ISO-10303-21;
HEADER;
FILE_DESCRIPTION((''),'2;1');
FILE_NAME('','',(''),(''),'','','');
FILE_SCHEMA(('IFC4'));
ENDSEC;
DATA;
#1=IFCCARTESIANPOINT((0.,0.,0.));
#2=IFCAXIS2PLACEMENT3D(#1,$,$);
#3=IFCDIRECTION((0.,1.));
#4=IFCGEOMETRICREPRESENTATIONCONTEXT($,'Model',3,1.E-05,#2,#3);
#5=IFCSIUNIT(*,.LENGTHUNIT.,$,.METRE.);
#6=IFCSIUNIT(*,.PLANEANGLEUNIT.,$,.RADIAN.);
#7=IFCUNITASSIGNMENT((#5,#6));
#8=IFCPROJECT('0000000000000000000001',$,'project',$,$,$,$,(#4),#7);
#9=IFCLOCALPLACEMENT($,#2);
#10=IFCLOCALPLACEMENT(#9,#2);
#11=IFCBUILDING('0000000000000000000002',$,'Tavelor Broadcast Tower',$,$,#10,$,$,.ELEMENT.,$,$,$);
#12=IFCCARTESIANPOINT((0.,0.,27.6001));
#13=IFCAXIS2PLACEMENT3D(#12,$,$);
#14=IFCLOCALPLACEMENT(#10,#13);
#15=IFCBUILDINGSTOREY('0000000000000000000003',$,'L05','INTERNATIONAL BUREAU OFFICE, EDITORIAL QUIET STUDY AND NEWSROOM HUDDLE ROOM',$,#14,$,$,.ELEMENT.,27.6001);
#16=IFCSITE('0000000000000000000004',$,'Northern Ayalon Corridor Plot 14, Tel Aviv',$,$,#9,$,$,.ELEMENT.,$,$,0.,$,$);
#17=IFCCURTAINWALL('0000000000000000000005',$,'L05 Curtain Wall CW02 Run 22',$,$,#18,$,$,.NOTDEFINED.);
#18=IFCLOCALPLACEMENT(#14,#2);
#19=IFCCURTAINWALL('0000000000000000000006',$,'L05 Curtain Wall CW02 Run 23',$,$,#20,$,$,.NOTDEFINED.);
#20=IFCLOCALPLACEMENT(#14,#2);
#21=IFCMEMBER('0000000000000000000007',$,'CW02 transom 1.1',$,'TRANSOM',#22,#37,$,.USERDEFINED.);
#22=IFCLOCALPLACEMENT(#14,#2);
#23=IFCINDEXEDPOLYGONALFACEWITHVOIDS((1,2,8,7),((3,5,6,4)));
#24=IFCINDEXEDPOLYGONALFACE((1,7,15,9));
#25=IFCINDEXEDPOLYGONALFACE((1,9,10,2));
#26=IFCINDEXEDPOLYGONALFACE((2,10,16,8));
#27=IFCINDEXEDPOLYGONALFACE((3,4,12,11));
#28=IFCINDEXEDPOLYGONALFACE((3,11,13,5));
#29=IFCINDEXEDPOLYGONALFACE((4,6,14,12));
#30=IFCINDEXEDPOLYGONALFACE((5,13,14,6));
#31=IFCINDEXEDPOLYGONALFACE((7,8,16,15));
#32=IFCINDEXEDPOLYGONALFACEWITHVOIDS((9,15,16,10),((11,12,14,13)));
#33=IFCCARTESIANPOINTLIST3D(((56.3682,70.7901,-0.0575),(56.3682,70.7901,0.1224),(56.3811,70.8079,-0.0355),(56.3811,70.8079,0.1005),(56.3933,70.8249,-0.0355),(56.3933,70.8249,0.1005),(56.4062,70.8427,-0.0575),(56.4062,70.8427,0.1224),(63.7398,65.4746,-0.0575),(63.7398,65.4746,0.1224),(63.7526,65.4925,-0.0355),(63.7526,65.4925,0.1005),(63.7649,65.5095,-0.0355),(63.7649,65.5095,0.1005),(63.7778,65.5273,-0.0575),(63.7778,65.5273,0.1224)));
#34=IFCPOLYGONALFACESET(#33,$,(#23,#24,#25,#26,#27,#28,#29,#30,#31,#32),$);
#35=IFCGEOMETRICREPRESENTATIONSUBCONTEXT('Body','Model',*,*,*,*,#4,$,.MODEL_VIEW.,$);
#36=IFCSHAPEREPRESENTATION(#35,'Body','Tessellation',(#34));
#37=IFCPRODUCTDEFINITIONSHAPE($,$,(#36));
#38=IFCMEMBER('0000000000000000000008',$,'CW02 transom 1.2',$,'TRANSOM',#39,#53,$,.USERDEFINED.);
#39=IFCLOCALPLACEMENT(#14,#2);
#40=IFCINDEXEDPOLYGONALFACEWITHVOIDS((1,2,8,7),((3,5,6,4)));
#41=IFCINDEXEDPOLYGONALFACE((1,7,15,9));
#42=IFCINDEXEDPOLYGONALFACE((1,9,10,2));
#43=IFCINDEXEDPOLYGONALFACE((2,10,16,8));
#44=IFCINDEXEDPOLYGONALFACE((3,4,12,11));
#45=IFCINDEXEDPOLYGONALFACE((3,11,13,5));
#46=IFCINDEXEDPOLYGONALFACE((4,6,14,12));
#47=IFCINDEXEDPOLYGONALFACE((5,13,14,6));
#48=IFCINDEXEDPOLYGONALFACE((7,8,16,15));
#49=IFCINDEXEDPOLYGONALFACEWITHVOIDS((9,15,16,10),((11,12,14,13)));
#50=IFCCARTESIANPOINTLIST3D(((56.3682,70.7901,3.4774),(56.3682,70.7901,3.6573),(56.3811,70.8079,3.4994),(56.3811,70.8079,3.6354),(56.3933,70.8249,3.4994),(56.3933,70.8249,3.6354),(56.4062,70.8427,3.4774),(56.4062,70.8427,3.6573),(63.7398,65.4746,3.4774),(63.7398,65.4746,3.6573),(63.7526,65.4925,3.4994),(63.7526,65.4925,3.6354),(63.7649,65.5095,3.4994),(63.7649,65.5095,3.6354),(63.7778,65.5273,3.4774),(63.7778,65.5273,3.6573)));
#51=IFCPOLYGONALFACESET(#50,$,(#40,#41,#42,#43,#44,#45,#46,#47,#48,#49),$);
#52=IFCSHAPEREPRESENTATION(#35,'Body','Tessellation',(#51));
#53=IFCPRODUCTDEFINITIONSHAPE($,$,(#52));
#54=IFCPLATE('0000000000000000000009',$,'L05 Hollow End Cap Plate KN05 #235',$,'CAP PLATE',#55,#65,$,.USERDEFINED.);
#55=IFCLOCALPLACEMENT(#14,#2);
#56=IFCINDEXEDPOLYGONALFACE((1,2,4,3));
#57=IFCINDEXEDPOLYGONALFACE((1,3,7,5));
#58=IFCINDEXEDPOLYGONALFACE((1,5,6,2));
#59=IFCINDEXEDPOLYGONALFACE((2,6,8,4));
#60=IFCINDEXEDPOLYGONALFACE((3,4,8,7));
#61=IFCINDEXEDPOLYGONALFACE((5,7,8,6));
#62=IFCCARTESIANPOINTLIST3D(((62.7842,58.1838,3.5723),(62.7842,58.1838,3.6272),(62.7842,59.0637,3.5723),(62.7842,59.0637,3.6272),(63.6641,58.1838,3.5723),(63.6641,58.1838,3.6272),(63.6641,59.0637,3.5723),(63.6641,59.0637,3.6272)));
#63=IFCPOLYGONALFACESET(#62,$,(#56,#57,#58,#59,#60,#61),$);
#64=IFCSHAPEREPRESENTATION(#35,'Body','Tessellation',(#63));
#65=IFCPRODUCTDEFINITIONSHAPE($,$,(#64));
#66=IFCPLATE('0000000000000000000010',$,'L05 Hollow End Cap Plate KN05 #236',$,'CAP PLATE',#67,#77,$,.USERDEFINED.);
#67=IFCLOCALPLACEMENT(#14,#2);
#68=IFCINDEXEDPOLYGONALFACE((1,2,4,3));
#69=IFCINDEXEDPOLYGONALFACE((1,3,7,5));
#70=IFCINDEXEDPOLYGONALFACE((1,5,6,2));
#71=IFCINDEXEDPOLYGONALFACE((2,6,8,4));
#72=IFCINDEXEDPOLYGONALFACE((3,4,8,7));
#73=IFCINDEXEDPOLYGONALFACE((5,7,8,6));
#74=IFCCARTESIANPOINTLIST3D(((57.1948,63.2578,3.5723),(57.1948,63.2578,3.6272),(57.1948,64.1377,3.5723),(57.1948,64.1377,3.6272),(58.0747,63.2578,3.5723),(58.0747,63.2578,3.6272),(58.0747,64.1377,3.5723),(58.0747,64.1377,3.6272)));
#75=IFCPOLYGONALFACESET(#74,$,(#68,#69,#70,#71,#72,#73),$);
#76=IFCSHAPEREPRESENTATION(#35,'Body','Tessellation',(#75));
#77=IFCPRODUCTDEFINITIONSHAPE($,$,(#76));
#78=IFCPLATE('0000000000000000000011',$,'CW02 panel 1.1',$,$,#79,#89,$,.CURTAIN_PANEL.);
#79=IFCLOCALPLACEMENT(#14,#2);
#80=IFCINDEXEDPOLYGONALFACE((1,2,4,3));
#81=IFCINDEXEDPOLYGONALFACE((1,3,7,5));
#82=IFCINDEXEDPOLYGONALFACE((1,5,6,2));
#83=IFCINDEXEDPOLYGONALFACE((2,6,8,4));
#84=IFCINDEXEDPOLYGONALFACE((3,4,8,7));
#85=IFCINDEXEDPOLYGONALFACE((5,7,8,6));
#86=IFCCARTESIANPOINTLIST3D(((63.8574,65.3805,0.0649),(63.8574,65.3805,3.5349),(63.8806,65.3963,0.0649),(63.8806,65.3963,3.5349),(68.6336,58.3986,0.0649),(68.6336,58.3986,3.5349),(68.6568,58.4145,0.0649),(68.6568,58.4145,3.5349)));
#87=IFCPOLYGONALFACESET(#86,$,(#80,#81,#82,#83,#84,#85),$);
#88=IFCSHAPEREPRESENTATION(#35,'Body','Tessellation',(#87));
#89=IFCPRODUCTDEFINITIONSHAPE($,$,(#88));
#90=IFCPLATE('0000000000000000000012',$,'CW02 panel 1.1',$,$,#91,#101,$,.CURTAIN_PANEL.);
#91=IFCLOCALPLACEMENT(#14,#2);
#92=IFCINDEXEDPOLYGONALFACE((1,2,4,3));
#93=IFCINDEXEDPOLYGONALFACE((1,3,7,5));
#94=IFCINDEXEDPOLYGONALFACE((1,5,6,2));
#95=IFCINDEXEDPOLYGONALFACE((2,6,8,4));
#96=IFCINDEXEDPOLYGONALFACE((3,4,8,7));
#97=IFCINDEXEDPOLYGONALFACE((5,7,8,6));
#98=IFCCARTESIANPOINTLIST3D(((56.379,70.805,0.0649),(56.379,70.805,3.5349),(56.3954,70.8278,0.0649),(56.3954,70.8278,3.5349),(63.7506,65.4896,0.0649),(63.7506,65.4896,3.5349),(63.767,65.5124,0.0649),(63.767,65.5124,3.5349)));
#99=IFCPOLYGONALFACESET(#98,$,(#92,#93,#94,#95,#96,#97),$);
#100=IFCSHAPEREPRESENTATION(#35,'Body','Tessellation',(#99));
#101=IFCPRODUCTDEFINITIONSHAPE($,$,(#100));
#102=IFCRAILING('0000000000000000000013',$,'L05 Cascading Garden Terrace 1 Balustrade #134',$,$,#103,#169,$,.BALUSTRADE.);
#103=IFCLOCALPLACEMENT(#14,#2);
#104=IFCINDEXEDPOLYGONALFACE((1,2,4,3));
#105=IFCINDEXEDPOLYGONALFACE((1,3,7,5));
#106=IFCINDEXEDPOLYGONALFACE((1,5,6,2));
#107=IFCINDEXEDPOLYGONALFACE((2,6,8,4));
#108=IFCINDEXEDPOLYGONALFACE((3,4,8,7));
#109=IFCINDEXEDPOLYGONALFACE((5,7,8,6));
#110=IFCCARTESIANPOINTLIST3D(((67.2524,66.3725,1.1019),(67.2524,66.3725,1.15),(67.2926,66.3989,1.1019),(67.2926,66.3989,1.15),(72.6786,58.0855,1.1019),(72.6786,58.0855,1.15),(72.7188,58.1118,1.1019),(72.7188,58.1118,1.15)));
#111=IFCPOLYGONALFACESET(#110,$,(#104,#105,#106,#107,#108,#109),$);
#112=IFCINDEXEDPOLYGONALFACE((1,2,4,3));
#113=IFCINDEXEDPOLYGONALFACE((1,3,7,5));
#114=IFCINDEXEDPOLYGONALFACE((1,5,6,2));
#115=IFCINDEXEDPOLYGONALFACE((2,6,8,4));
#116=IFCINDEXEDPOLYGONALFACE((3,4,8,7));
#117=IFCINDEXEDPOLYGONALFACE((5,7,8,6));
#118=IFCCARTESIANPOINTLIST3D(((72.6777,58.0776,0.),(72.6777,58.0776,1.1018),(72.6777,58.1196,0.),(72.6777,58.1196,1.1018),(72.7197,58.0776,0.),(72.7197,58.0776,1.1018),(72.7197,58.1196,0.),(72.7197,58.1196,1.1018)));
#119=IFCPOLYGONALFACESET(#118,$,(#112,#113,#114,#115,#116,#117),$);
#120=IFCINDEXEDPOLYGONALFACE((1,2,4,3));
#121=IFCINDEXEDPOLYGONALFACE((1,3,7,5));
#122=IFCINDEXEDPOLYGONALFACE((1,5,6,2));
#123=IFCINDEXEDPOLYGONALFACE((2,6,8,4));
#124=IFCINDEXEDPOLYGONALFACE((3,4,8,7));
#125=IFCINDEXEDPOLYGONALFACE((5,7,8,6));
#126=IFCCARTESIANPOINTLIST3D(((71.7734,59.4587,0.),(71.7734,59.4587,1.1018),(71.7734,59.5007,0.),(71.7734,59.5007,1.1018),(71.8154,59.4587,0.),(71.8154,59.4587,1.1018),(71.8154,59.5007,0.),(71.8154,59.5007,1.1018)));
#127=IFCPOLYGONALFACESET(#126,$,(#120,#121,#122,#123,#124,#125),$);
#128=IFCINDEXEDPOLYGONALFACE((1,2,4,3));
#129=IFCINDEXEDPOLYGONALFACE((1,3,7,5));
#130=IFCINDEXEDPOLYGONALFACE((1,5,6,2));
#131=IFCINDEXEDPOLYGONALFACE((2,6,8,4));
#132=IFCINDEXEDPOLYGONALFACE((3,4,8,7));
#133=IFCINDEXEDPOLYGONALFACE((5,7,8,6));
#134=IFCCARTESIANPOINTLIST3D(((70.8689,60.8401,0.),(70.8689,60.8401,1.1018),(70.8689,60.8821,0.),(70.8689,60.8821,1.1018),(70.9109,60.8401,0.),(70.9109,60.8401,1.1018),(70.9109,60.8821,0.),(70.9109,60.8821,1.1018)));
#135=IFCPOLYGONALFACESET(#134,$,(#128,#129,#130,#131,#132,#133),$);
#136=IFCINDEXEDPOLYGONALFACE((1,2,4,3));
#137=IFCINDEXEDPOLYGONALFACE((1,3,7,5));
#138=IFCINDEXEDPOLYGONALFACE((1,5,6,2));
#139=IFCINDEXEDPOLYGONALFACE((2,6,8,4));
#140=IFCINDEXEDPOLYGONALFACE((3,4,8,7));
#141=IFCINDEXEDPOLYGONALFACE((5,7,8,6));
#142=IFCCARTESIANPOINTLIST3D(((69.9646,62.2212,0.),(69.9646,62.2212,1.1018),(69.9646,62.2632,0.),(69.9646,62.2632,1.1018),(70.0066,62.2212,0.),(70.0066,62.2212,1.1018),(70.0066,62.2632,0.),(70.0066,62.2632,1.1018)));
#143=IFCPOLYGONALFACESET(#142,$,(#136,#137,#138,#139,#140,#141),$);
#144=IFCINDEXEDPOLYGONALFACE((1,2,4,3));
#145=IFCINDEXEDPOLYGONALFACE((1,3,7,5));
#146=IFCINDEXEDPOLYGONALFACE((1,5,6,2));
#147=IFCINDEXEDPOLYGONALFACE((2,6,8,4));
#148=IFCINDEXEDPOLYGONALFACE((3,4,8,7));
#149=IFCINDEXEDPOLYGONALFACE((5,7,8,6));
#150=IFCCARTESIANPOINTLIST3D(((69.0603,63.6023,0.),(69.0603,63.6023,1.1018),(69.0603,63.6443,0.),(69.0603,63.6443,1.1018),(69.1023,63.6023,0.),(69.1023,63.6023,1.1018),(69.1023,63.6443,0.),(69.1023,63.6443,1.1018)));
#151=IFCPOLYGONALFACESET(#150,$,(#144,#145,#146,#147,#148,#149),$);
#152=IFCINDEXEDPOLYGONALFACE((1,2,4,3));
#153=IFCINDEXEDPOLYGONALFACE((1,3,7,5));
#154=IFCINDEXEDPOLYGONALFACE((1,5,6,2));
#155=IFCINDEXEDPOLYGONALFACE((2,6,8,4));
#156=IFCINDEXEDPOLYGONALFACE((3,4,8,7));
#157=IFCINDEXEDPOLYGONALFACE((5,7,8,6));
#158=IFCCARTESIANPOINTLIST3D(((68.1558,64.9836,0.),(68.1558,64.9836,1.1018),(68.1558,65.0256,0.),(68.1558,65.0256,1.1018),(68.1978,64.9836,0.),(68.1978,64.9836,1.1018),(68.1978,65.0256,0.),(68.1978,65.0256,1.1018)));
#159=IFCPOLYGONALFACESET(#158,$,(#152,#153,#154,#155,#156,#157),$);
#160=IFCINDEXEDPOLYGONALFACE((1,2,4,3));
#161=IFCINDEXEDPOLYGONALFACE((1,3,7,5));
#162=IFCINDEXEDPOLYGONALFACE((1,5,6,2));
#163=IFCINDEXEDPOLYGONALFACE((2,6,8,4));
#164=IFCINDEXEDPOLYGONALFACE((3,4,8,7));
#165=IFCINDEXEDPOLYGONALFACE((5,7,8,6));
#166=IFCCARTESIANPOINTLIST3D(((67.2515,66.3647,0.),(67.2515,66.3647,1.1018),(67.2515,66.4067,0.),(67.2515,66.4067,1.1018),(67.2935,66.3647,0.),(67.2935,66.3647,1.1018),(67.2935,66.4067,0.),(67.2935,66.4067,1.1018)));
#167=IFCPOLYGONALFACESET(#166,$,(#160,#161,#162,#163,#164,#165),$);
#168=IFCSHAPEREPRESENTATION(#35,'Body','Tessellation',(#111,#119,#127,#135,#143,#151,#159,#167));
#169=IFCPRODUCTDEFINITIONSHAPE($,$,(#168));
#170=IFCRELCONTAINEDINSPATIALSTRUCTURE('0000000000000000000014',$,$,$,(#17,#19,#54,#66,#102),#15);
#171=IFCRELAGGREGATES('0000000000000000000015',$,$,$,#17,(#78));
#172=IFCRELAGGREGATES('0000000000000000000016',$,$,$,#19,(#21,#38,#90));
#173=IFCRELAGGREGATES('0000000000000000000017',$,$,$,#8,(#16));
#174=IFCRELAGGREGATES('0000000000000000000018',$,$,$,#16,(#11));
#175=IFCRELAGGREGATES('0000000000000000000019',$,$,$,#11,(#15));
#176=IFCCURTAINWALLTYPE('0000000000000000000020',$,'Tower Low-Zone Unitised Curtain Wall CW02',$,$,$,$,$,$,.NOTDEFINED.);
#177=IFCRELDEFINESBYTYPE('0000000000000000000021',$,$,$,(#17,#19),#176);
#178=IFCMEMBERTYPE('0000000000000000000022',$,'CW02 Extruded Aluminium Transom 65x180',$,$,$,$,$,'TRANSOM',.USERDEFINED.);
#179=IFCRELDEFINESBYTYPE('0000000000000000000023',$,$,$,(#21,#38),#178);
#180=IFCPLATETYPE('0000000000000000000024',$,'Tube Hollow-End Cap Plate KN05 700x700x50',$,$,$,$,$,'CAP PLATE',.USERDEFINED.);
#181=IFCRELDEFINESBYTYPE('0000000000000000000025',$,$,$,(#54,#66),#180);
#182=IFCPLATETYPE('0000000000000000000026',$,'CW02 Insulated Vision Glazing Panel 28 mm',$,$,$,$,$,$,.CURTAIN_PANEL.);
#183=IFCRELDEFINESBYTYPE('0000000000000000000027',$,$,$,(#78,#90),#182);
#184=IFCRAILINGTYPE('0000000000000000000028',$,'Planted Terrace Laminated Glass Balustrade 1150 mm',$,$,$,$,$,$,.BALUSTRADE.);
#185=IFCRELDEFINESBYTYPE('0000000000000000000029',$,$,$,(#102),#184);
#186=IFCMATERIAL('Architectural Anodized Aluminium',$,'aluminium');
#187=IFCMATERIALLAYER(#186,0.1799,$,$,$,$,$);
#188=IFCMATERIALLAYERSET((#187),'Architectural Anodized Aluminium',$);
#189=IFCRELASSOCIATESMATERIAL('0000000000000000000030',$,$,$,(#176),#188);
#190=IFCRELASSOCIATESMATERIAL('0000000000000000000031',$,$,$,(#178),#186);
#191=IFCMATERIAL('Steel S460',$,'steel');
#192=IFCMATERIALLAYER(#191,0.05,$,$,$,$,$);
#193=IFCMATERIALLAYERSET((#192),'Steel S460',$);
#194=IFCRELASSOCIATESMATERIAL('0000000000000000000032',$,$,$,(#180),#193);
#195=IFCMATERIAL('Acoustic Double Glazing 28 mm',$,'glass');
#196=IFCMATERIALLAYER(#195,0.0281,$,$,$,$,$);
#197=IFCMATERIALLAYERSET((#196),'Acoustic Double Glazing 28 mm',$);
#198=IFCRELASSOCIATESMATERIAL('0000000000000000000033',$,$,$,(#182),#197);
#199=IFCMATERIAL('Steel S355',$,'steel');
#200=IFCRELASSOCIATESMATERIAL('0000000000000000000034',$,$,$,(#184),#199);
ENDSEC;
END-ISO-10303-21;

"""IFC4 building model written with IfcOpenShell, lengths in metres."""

from ifc_helpers import new_model, si_unit, direction, frame, origin, origin_2d, place, context, subcontext, project, spatial, rectangle, hollow_rectangle, extrude, source, transform, mapped, material, layer, layer_set, material_profile, profile_set, type_object, type_shapes, element, aggregate, save


model = new_model("IFC4")

# Units and contexts
model_context = context("Model", 3, precision=1e-05, world=origin(), true_north=direction((0.0, 1.0)))
body_context = subcontext(model_context, "Body", "Model", "MODEL_VIEW")
ifc_project = project(units=[si_unit("LENGTHUNIT", "METRE"), si_unit("PLANEANGLEUNIT", "RADIAN")], contexts=[model_context])

# Site, building, storey
site_placement = place(None, origin())
site = spatial("IfcSite", under=ifc_project, at=site_placement, Name="Northern Ayalon Corridor Plot 14, Tel Aviv", CompositionType="ELEMENT", RefElevation=0.0)
building_placement = place(site_placement, origin())
building = spatial("IfcBuilding", under=site, at=building_placement, Name="Tavelor Broadcast Tower", CompositionType="ELEMENT")
storey_placement = place(building_placement, frame((0.0, 0.0, 27.6001)))
storey = spatial("IfcBuildingStorey", under=building, at=storey_placement, Name="L05", Description="INTERNATIONAL BUREAU OFFICE, EDITORIAL QUIET STUDY AND NEWSROOM HUDDLE ROOM", CompositionType="ELEMENT", Elevation=27.6001)

# Shared definitions
ifc_material_1 = material(Name="Steel S460", Category="steel")

# Shared definitions
ifc_material_2 = material(Name="Steel S355", Category="steel")

# Shared definitions
ifc_material_3 = material(Name="Architectural Anodized Aluminium", Category="aluminium")
ifc_layer_1 = layer(ifc_material_3, 0.1799)
ifc_layer_set_1 = layer_set([ifc_layer_1], Name="Architectural Anodized Aluminium")
curtain_wall_type = type_object("IfcCurtainWallType", Name="Tower Low-Zone Unitised Curtain Wall CW02", PredefinedType="NOTDEFINED", material=ifc_layer_set_1)

# Curtain wall
curtain_wall_1_placement = place(storey_placement, origin())
curtain_wall_1 = element("IfcCurtainWall", 1, at=curtain_wall_1_placement, inside=storey, type_object=curtain_wall_type, Name="L05 Curtain Wall CW02 Run 22", PredefinedType="NOTDEFINED")

# Curtain wall
curtain_wall_2_placement = place(storey_placement, origin())
curtain_wall_2 = element("IfcCurtainWall", 2, at=curtain_wall_2_placement, inside=storey, type_object=curtain_wall_type, Name="L05 Curtain Wall CW02 Run 23", PredefinedType="NOTDEFINED")

# Members
ifc_material_profile_1 = material_profile(ifc_material_3, hollow_rectangle(XDim=0.0649, YDim=0.1799, WallThickness=0.022, at=origin_2d()), Name="RHS 65x180x22")
ifc_profile_set_1 = profile_set([ifc_material_profile_1], Name="Architectural Anodized Aluminium")
member_type_1 = type_object("IfcMemberType", Name="CW02 Extruded Aluminium Transom 65x180", ElementType="TRANSOM", PredefinedType="USERDEFINED", material=ifc_profile_set_1)
shared_shape_1 = source(origin(), body_context, "Body", "SweptSolid", [
    extrude(hollow_rectangle(XDim=0.0649, YDim=0.1799, WallThickness=0.022, at=origin_2d()), origin(), (0.0, 0.0, 1.0), 9.0881),
])
member_1_placement = place(storey_placement, frame((63.7588, 65.501, 0.0325), z_axis=(-0.811122, 0.584876, 0.0), x_axis=(-0.584876, -0.811122, 0.0)))
member_1 = element("IfcMember", 3, at=member_1_placement, type_object=member_type_1, Name="CW02 transom 1.1", ObjectType="TRANSOM", PredefinedType="USERDEFINED", context=body_context, shape_type="MappedRepresentation", body=[
    mapped(shared_shape_1, transform((0.0, 0.0, 0.0), scale=1.0)),
])
member_2_placement = place(storey_placement, frame((63.7588, 65.501, 3.5674), z_axis=(-0.811122, 0.584876, 0.0), x_axis=(-0.584876, -0.811122, 0.0)))
member_2 = element("IfcMember", 4, at=member_2_placement, type_object=member_type_1, Name="CW02 transom 1.2", ObjectType="TRANSOM", PredefinedType="USERDEFINED", context=body_context, shape_type="MappedRepresentation", body=[
    mapped(shared_shape_1, transform((0.0, 0.0, 0.0), scale=1.0)),
])

# Plates
ifc_layer_2 = layer(ifc_material_1, 0.05)
ifc_layer_set_2 = layer_set([ifc_layer_2], Name="Steel S460")
plate_type_1 = type_object("IfcPlateType", Name="Tube Hollow-End Cap Plate KN05 700x700x50", ElementType="CAP PLATE", PredefinedType="USERDEFINED", material=ifc_layer_set_2)
shared_shape_2 = source(origin(), body_context, "Body", "SweptSolid", [
    extrude(rectangle(XDim=0.8799, YDim=0.8799, at=origin_2d()), origin(), (0.0, 0.0, 1.0), 0.0549),
])
type_shapes(plate_type_1, [shared_shape_2])
for number, where, z_axis, x_axis, name in (
    (5, (63.2241, 58.6238, 3.5723), (0.0, 0.0, 1.0), (1.0, 0.0, 0.0), "L05 Hollow End Cap Plate KN05 #235"),
    (6, (57.6348, 63.6978, 3.5723), (0.0, 0.0, 1.0), (1.0, 0.0, 0.0), "L05 Hollow End Cap Plate KN05 #236"),
):
    element("IfcPlate", number, at=place(storey_placement, frame(where, z_axis=z_axis, x_axis=x_axis)), inside=storey, type_object=plate_type_1, Name=name, ObjectType="CAP PLATE", PredefinedType="USERDEFINED", context=body_context, shape_type="MappedRepresentation", body=[
        mapped(shared_shape_2, transform((0.0, 0.0, 0.0), scale=1.0)),
    ])

# Plates
ifc_material_4 = material(Name="Acoustic Double Glazing 28 mm", Category="glass")
ifc_layer_3 = layer(ifc_material_4, 0.0281)
ifc_layer_set_3 = layer_set([ifc_layer_3], Name="Acoustic Double Glazing 28 mm")
plate_type_2 = type_object("IfcPlateType", Name="CW02 Insulated Vision Glazing Panel 28 mm", PredefinedType="CURTAIN_PANEL", material=ifc_layer_set_3)
shared_shape_3 = source(origin(), body_context, "Body", "SweptSolid", [
    extrude(rectangle(XDim=8.4592, YDim=0.0281, at=origin_2d()), origin(), (0.0, 0.0, 1.0), 3.47),
])
plate_1_placement = place(storey_placement, frame((66.2571, 61.8975, 0.0649), z_axis=(0.0, 0.0, 1.0), x_axis=(-0.564618, 0.825353, 0.0)))
plate_1 = element("IfcPlate", 7, at=plate_1_placement, type_object=plate_type_2, Name="CW02 panel 1.1", PredefinedType="CURTAIN_PANEL", context=body_context, shape_type="MappedRepresentation", body=[
    mapped(shared_shape_3, transform((0.0, 0.0, 0.0), scale=1.0)),
])
aggregate(curtain_wall_1, [plate_1])
shared_shape_4 = source(origin(), body_context, "Body", "SweptSolid", [
    extrude(rectangle(XDim=9.0881, YDim=0.0281, at=origin_2d()), origin(), (0.0, 0.0, 1.0), 3.47),
])
type_shapes(plate_type_2, [shared_shape_3, shared_shape_4])
plate_2_placement = place(storey_placement, frame((60.073, 68.1587, 0.0649), z_axis=(0.0, 0.0, 1.0), x_axis=(-0.811125, 0.584873, 0.0)))
plate_2 = element("IfcPlate", 8, at=plate_2_placement, type_object=plate_type_2, Name="CW02 panel 1.1", PredefinedType="CURTAIN_PANEL", context=body_context, shape_type="MappedRepresentation", body=[
    mapped(shared_shape_4, transform((0.0, 0.0, 0.0), scale=1.0)),
])
aggregate(curtain_wall_2, [member_1, member_2, plate_2])

# Railing
railing_type = type_object("IfcRailingType", Name="Planted Terrace Laminated Glass Balustrade 1150 mm", PredefinedType="BALUSTRADE", material=ifc_material_2)
railing_1_placement = place(storey_placement, frame((72.6987, 58.0986, 0.0)))
element("IfcRailing", 9, at=railing_1_placement, inside=storey, type_object=railing_type, Name="L05 Cascading Garden Terrace 1 Balustrade #134", PredefinedType="BALUSTRADE", context=body_context, shape_type="SweptSolid", body=[
    extrude(rectangle(XDim=0.0481, YDim=0.0481, at=origin_2d()), frame((0.0, 0.0, 1.126), z_axis=(-0.547799, 0.83661, 0.0), x_axis=(-0.83661, -0.547799, 0.0)), (0.0, 0.0, 1.0), 9.9055),
    extrude(rectangle(XDim=0.042, YDim=0.042, at=origin_2d()), origin(), (0.0, 0.0, 1.0), 1.1018),
    extrude(rectangle(XDim=0.042, YDim=0.042, at=origin_2d()), frame((-0.9043, 1.3811, 0.0)), (0.0, 0.0, 1.0), 1.1018),
    extrude(rectangle(XDim=0.042, YDim=0.042, at=origin_2d()), frame((-1.8088, 2.7625, 0.0)), (0.0, 0.0, 1.0), 1.1018),
    extrude(rectangle(XDim=0.042, YDim=0.042, at=origin_2d()), frame((-2.7131, 4.1436, 0.0)), (0.0, 0.0, 1.0), 1.1018),
    extrude(rectangle(XDim=0.042, YDim=0.042, at=origin_2d()), frame((-3.6174, 5.5247, 0.0)), (0.0, 0.0, 1.0), 1.1018),
    extrude(rectangle(XDim=0.042, YDim=0.042, at=origin_2d()), frame((-4.522, 6.906, 0.0)), (0.0, 0.0, 1.0), 1.1018),
    extrude(rectangle(XDim=0.042, YDim=0.042, at=origin_2d()), frame((-5.4263, 8.2871, 0.0)), (0.0, 0.0, 1.0), 1.1018),
])

save(model, "model.ifc")
